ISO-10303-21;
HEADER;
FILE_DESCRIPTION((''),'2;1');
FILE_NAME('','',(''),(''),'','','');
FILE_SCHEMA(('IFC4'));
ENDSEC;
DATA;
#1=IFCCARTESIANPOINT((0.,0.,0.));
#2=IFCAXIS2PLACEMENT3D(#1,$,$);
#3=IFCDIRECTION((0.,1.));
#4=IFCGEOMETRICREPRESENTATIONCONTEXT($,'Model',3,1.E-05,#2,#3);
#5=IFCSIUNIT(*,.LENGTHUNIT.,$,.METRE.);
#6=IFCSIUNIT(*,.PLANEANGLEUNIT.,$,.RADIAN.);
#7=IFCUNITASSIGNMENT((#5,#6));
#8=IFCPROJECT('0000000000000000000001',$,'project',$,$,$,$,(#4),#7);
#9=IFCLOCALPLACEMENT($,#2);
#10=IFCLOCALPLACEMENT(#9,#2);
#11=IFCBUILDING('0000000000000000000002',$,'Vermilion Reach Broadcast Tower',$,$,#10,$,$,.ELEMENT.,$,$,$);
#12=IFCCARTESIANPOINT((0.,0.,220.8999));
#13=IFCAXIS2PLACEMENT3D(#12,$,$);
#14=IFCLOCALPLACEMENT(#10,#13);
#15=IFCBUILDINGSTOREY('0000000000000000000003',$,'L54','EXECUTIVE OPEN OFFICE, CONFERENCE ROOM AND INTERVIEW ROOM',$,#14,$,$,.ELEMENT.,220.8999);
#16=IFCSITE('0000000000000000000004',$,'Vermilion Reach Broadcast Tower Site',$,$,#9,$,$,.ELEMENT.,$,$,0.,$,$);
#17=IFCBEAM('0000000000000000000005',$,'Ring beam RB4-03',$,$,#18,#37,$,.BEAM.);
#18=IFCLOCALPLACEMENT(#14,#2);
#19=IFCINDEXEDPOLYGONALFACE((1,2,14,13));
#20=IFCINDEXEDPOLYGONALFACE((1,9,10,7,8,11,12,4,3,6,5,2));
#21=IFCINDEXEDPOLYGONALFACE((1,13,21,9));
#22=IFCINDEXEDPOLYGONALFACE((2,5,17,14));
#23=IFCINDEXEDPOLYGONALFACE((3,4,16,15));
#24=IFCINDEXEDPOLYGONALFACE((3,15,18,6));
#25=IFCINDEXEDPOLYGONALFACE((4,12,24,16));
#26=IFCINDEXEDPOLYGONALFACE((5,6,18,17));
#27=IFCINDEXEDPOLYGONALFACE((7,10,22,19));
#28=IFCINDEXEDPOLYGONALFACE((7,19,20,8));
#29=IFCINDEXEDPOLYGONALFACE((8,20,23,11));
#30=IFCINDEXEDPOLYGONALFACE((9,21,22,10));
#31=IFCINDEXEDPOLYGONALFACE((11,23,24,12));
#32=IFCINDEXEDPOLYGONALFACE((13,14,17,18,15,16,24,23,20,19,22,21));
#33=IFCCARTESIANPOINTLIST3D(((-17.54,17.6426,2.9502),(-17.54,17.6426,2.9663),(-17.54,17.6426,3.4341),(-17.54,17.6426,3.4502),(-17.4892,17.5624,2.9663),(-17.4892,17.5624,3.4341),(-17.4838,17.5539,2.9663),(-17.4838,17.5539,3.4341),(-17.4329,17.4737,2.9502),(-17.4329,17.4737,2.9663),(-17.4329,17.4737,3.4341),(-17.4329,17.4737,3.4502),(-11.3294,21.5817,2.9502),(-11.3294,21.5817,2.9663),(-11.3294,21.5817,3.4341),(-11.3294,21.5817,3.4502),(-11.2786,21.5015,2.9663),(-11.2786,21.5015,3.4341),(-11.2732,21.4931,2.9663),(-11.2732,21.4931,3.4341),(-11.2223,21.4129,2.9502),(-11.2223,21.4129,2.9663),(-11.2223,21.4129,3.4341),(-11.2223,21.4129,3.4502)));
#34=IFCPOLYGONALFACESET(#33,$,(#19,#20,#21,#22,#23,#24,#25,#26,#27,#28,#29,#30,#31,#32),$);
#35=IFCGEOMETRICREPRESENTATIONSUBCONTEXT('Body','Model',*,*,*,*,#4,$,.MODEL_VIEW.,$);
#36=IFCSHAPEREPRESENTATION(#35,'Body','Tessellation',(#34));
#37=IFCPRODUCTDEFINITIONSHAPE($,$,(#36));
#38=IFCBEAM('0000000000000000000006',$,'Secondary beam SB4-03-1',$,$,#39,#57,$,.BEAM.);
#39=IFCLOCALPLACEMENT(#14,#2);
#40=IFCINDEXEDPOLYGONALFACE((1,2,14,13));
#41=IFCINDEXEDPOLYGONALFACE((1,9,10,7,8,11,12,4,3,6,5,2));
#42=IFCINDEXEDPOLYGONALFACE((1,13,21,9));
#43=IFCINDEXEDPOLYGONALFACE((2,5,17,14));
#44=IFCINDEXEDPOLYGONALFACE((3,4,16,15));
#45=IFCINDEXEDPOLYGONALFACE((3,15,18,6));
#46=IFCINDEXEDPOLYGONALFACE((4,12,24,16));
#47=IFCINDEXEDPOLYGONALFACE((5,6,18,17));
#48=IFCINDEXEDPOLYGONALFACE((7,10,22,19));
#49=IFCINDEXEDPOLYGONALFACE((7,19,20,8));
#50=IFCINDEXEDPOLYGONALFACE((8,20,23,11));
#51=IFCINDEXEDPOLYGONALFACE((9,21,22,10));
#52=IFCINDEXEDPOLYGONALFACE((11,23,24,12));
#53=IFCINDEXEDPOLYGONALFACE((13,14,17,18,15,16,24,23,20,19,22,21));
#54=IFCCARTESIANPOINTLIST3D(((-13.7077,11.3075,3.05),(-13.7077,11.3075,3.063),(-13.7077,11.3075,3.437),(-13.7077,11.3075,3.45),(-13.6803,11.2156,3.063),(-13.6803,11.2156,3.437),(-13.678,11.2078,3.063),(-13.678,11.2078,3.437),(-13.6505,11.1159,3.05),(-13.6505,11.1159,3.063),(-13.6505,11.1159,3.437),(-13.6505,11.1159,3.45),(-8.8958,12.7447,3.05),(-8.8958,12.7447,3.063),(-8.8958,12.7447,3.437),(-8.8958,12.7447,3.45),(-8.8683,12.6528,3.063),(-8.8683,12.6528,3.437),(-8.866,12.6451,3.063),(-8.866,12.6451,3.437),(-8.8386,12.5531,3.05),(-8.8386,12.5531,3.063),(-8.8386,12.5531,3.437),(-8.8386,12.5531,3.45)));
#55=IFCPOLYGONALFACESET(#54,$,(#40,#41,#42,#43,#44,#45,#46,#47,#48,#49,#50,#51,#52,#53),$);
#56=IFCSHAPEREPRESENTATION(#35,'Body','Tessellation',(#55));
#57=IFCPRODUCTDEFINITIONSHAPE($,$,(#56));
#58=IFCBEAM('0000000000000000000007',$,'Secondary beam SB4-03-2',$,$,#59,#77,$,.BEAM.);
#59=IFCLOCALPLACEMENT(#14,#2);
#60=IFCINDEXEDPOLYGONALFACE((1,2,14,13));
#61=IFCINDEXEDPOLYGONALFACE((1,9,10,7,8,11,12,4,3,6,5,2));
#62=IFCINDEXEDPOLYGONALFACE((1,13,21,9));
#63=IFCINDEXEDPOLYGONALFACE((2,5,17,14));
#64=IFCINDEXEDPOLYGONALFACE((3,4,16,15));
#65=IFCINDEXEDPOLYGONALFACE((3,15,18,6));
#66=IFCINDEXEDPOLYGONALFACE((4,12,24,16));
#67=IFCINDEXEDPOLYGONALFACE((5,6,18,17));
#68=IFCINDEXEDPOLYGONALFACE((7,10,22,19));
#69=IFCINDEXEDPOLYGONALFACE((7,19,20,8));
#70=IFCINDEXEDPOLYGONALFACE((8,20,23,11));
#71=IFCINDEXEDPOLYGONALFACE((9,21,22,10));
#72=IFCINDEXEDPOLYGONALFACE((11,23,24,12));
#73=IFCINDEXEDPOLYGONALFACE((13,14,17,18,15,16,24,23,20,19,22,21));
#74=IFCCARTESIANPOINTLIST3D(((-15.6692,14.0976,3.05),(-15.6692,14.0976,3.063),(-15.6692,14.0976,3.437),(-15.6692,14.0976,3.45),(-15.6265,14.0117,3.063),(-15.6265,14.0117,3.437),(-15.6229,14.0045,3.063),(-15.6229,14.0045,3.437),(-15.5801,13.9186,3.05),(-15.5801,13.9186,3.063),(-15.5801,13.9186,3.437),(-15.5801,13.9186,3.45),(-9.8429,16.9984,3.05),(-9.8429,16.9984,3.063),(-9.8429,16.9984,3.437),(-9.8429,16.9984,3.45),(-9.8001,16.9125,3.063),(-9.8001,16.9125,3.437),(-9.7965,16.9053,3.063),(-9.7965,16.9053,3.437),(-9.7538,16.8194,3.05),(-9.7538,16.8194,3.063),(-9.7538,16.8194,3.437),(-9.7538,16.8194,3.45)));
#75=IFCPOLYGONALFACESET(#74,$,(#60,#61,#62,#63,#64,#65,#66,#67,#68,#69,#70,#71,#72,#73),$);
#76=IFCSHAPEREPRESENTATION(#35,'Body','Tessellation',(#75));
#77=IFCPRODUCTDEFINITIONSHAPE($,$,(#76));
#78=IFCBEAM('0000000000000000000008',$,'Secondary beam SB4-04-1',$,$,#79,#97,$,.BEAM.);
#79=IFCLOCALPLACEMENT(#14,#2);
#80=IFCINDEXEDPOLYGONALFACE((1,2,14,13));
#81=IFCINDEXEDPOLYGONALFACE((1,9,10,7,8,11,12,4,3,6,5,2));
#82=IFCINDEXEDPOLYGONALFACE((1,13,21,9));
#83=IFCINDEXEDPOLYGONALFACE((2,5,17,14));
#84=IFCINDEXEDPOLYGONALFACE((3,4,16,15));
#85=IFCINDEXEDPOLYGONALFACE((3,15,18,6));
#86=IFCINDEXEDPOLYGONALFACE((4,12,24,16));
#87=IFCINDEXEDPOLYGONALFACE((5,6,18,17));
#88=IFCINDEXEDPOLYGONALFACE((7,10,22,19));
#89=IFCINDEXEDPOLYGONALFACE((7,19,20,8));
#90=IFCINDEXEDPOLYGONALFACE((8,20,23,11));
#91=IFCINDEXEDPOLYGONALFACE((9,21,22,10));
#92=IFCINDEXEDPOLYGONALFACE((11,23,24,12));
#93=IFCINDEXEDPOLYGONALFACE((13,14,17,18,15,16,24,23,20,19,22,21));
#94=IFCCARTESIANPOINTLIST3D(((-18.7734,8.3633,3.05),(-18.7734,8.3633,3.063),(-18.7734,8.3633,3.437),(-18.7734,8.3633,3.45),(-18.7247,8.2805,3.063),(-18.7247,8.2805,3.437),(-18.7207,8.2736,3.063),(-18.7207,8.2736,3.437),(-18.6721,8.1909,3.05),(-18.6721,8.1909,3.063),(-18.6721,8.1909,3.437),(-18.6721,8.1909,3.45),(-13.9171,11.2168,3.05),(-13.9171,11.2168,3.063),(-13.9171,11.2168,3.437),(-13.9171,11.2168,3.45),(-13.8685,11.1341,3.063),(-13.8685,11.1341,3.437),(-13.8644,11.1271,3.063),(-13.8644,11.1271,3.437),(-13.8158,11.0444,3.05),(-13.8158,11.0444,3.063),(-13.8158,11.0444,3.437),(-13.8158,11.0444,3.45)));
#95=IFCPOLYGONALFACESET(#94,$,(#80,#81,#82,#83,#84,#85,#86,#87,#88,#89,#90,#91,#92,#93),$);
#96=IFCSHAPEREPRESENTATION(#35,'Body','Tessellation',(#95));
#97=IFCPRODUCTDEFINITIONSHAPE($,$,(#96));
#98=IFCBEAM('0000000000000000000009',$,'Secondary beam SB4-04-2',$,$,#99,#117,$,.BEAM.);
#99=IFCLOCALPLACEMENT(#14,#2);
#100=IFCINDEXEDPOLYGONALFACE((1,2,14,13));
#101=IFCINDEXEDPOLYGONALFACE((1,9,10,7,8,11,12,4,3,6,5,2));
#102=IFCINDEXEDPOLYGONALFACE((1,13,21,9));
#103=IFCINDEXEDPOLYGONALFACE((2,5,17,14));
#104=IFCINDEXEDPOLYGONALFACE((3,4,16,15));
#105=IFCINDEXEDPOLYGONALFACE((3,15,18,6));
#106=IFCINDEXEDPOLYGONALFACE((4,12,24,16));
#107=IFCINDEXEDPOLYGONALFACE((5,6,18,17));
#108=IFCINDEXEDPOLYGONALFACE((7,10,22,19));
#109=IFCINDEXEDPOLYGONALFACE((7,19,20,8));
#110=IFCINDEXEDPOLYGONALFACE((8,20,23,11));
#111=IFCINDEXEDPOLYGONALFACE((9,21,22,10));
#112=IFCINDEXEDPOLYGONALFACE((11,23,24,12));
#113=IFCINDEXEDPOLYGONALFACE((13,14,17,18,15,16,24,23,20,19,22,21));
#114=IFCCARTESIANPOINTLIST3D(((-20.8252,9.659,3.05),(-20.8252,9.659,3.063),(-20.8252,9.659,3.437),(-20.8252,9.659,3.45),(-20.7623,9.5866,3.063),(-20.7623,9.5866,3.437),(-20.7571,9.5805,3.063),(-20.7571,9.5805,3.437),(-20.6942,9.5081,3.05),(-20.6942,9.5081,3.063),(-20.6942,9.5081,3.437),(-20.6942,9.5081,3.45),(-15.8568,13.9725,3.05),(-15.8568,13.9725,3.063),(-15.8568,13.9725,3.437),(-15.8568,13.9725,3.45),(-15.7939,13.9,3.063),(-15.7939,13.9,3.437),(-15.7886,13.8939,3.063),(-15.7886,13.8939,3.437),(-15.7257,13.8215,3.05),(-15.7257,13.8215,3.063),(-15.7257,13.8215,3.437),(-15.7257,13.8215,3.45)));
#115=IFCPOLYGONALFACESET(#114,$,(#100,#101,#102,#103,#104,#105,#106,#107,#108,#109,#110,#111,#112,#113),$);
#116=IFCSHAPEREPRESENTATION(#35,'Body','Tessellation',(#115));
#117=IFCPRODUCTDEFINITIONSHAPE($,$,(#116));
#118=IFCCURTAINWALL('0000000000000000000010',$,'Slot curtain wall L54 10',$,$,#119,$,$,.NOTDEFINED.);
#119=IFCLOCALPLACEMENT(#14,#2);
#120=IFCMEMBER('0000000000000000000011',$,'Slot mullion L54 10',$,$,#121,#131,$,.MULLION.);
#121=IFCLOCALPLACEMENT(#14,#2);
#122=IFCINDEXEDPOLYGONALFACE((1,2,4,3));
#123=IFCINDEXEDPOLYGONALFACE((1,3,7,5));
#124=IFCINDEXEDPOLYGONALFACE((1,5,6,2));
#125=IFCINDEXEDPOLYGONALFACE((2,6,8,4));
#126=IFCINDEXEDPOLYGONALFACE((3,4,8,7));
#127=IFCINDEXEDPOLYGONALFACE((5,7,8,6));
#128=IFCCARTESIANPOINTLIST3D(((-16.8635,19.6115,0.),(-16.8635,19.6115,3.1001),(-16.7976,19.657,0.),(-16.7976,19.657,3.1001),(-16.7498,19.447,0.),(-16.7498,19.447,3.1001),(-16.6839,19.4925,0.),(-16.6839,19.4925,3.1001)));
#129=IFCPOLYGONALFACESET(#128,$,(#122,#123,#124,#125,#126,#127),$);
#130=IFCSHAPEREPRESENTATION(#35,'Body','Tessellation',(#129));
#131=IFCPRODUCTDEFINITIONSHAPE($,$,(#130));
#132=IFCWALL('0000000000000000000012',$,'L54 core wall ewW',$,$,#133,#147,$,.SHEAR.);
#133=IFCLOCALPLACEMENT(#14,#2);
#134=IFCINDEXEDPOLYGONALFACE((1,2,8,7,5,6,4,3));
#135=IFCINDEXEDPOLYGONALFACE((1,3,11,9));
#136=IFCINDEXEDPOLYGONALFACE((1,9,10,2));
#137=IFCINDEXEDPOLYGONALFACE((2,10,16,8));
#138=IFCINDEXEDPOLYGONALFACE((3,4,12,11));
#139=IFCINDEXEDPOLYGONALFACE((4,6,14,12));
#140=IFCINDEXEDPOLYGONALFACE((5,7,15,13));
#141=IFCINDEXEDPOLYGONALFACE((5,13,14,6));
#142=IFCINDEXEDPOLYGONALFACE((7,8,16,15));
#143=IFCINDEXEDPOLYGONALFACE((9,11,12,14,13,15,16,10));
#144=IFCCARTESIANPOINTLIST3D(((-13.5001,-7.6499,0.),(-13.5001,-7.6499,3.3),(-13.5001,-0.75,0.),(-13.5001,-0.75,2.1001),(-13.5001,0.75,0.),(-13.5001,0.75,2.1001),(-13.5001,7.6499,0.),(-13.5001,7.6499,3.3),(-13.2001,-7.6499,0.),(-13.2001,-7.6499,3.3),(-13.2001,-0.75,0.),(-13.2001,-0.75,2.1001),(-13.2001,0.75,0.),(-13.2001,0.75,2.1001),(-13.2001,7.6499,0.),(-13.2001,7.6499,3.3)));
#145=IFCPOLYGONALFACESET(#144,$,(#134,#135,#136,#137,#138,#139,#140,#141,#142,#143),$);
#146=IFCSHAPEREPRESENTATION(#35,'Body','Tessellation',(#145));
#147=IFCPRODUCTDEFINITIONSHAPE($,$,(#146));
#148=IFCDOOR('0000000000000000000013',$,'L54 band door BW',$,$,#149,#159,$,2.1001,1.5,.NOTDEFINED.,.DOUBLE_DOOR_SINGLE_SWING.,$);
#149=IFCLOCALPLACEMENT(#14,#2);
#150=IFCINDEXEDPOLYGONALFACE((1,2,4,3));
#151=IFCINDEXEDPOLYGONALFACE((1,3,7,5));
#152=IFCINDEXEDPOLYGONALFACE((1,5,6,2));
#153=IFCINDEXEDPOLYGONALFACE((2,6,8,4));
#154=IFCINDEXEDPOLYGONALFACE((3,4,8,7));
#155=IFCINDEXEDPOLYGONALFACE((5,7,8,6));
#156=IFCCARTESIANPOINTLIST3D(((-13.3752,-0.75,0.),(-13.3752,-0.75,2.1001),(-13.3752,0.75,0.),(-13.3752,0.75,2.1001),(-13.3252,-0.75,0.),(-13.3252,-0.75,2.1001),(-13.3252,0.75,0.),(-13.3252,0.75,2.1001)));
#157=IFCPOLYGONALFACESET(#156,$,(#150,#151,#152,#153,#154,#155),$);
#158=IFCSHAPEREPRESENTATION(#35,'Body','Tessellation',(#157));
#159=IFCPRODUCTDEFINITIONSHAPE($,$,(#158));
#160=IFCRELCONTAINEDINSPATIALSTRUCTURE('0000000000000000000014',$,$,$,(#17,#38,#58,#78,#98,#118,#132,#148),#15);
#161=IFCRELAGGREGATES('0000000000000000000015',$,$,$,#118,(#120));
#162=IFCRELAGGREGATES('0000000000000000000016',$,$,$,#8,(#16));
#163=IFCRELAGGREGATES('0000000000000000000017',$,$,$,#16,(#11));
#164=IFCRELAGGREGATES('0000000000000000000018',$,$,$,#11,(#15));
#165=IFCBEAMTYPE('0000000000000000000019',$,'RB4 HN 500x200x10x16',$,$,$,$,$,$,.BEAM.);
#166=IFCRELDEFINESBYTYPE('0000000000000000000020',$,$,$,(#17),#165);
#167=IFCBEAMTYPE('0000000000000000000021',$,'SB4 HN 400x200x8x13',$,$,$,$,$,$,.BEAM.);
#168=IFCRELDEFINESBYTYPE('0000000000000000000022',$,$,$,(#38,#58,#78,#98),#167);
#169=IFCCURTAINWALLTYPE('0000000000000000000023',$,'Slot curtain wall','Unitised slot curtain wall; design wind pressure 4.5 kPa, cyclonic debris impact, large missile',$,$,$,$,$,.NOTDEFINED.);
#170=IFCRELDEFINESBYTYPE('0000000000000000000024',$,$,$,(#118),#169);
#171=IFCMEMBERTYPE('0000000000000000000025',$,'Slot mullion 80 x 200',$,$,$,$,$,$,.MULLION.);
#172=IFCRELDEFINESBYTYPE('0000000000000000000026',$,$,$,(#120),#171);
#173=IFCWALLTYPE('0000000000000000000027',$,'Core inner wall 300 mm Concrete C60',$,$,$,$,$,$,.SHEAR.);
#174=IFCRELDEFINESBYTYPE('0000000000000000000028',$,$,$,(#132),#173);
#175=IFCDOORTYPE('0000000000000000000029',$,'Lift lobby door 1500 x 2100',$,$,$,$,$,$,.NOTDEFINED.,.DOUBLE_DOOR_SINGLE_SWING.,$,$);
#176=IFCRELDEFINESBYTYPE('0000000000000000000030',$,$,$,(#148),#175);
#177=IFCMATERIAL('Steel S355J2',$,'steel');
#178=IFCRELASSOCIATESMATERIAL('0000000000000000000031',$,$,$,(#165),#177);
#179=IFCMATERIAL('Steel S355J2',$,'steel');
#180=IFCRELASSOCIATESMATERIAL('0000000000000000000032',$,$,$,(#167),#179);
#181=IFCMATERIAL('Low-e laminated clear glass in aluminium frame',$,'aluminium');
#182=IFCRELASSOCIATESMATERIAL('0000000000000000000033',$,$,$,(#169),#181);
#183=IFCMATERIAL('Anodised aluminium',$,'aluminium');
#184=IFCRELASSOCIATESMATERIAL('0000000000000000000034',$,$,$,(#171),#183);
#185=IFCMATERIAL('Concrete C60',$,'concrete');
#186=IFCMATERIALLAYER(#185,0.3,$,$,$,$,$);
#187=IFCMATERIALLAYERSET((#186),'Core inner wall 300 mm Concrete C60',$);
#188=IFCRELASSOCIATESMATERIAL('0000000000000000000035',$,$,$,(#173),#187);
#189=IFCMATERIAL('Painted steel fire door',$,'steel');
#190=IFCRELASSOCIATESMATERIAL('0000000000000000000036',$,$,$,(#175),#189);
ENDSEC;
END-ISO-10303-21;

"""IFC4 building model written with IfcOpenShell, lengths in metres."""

from ifc_helpers import new_model, si_unit, direction, frame, frame_2d, origin, origin_2d, place, context, subcontext, project, spatial, rectangle, i_section, extrude, material, layer, layer_set, material_profile, profile_set, type_object, element, fill, aggregate, save


model = new_model("IFC4")

# Units and contexts
model_context = context("Model", 3, precision=1e-05, world=origin(), true_north=direction((0.0, 1.0)))
body_context = subcontext(model_context, "Body", "Model", "MODEL_VIEW")
ifc_project = project(units=[si_unit("LENGTHUNIT", "METRE"), si_unit("PLANEANGLEUNIT", "RADIAN")], contexts=[model_context])

# Site, building, storey
site_placement = place(None, origin())
site = spatial("IfcSite", under=ifc_project, at=site_placement, Name="Vermilion Reach Broadcast Tower Site", CompositionType="ELEMENT", RefElevation=0.0)
building_placement = place(site_placement, origin())
building = spatial("IfcBuilding", under=site, at=building_placement, Name="Vermilion Reach Broadcast Tower", CompositionType="ELEMENT")
storey_placement = place(building_placement, frame((0.0, 0.0, 220.8999)))
storey = spatial("IfcBuildingStorey", under=building, at=storey_placement, Name="L54", Description="EXECUTIVE OPEN OFFICE, CONFERENCE ROOM AND INTERVIEW ROOM", CompositionType="ELEMENT", Elevation=220.8999)

# Beams
ifc_material_1 = material(Name="Steel S355J2", Category="steel")
ifc_material_profile_1 = material_profile(ifc_material_1, i_section(OverallWidth=0.2, OverallDepth=0.5, WebThickness=0.01, FlangeThickness=0.0161, at=origin_2d()), Name="S355J2 HN 500x200x10x16")
ifc_profile_set_1 = profile_set([ifc_material_profile_1], Name="Steel S355J2")
beam_type_1 = type_object("IfcBeamType", Name="RB4 HN 500x200x10x16", PredefinedType="BEAM", material=ifc_profile_set_1)
beam_1_placement = place(storey_placement, frame((-11.2759, 21.4973, 3.2002), z_axis=(-0.844464, -0.535612, 0.0), x_axis=(0.535612, -0.844464, 0.0)))
element("IfcBeam", 1, at=beam_1_placement, inside=storey, type_object=beam_type_1, Name="Ring beam RB4-03", PredefinedType="BEAM", context=body_context, shape_type="SweptSolid", body=[
    extrude(i_section(OverallWidth=0.2, OverallDepth=0.5, WebThickness=0.01, FlangeThickness=0.0161, at=origin_2d()), origin(), (0.0, 0.0, 1.0), 7.3545),
])
ifc_material_2 = material(Name="Steel S355J2", Category="steel")
ifc_material_profile_2 = material_profile(ifc_material_2, i_section(OverallWidth=0.2, OverallDepth=0.3999, WebThickness=0.0081, FlangeThickness=0.0129, at=origin_2d()), Name="S355J2 HN 400x200x8x13")
ifc_profile_set_2 = profile_set([ifc_material_profile_2], Name="Steel S355J2")
beam_type_2 = type_object("IfcBeamType", Name="SB4 HN 400x200x8x13", PredefinedType="BEAM", material=ifc_profile_set_2)
beam_2_placement = place(storey_placement, frame((-8.8672, 12.6489, 3.25), z_axis=(-0.958173, -0.286188, 0.0), x_axis=(0.286188, -0.958173, 0.0)))
element("IfcBeam", 2, at=beam_2_placement, inside=storey, type_object=beam_type_2, Name="Secondary beam SB4-03-1", PredefinedType="BEAM", context=body_context, shape_type="SweptSolid", body=[
    extrude(i_section(OverallWidth=0.2, OverallDepth=0.3999, WebThickness=0.0081, FlangeThickness=0.0129, at=origin_2d()), origin(), (0.0, 0.0, 1.0), 5.022),
])
beam_3_placement = place(storey_placement, frame((-9.7983, 16.9089, 3.25), z_axis=(-0.895184, -0.445698, 0.0), x_axis=(0.445698, -0.895184, 0.0)))
element("IfcBeam", 3, at=beam_3_placement, inside=storey, type_object=beam_type_2, Name="Secondary beam SB4-03-2", PredefinedType="BEAM", context=body_context, shape_type="SweptSolid", body=[
    extrude(i_section(OverallWidth=0.2, OverallDepth=0.3999, WebThickness=0.0081, FlangeThickness=0.0129, at=origin_2d()), origin(), (0.0, 0.0, 1.0), 6.5085),
])
beam_4_placement = place(storey_placement, frame((-13.8665, 11.1306, 3.25), z_axis=(-0.862173, -0.506615, 0.0), x_axis=(0.506615, -0.862173, 0.0)))
element("IfcBeam", 4, at=beam_4_placement, inside=storey, type_object=beam_type_2, Name="Secondary beam SB4-04-1", PredefinedType="BEAM", context=body_context, shape_type="SweptSolid", body=[
    extrude(i_section(OverallWidth=0.2, OverallDepth=0.3999, WebThickness=0.0081, FlangeThickness=0.0129, at=origin_2d()), origin(), (0.0, 0.0, 1.0), 5.6326),
])
beam_5_placement = place(storey_placement, frame((-15.7913, 13.897, 3.25), z_axis=(-0.755129, -0.655576, 0.0), x_axis=(0.655576, -0.755129, 0.0)))
element("IfcBeam", 5, at=beam_5_placement, inside=storey, type_object=beam_type_2, Name="Secondary beam SB4-04-2", PredefinedType="BEAM", context=body_context, shape_type="SweptSolid", body=[
    extrude(i_section(OverallWidth=0.2, OverallDepth=0.3999, WebThickness=0.0081, FlangeThickness=0.0129, at=origin_2d()), origin(), (0.0, 0.0, 1.0), 6.5796),
])

# Curtain wall, member
ifc_material_3 = material(Name="Low-e laminated clear glass in aluminium frame", Category="aluminium")
curtain_wall_type = type_object("IfcCurtainWallType", Name="Slot curtain wall", Description="Unitised slot curtain wall; design wind pressure 4.5 kPa, cyclonic debris impact, large missile", PredefinedType="NOTDEFINED", material=ifc_material_3)
curtain_wall_placement = place(storey_placement, origin())
curtain_wall = element("IfcCurtainWall", 6, at=curtain_wall_placement, inside=storey, type_object=curtain_wall_type, Name="Slot curtain wall L54 10", PredefinedType="NOTDEFINED")
ifc_material_4 = material(Name="Anodised aluminium", Category="aluminium")
ifc_material_profile_3 = material_profile(ifc_material_4, rectangle(XDim=0.2, YDim=0.0801, at=origin_2d()), Name="Slot mullion 80 x 200")
ifc_profile_set_3 = profile_set([ifc_material_profile_3], Name="Anodised aluminium")
member_type = type_object("IfcMemberType", Name="Slot mullion 80 x 200", PredefinedType="MULLION", material=ifc_profile_set_3)
member_placement = place(storey_placement, frame((-16.7737, 19.552, 0.0), z_axis=(0.0, 0.0, 1.0), x_axis=(0.568404, -0.82275, 0.0)))
member = element("IfcMember", 7, at=member_placement, type_object=member_type, Name="Slot mullion L54 10", PredefinedType="MULLION", context=body_context, shape_type="SweptSolid", body=[
    extrude(rectangle(XDim=0.2, YDim=0.0801, at=origin_2d()), origin(), (0.0, 0.0, 1.0), 3.1001),
])
aggregate(curtain_wall, [member])

# Wall, opening, door
ifc_material_5 = material(Name="Concrete C60", Category="concrete")
ifc_layer_1 = layer(ifc_material_5, 0.3)
ifc_layer_set_1 = layer_set([ifc_layer_1], Name="Core inner wall 300 mm Concrete C60")
wall_type_1 = type_object("IfcWallType", Name="Core inner wall 300 mm Concrete C60", PredefinedType="SHEAR", material=ifc_layer_set_1)
wall_1_placement = place(storey_placement, frame((-13.3501, 7.6499, 0.0), z_axis=(0.0, 0.0, 1.0), x_axis=(0.0, -1.0, 0.0)))
wall_1 = element("IfcWall", 8, at=wall_1_placement, inside=storey, type_object=wall_type_1, Name="L54 core wall ewW", PredefinedType="SHEAR", context=body_context, shape_type="SweptSolid", body=[
    extrude(rectangle(XDim=15.2998, YDim=0.3, at=frame_2d((7.6499, 0.0))), origin(), (0.0, 0.0, 1.0), 3.3),
])
opening_1_placement = place(wall_1_placement, frame((6.8999, 0.0, 0.0)))
opening_1 = element("IfcOpeningElement", 9, at=opening_1_placement, cuts=wall_1, PredefinedType="OPENING", context=body_context, shape_type="SweptSolid", body=[
    extrude(rectangle(XDim=1.5, YDim=2.1001, at=frame_2d((0.75, 1.05))), frame((0.0, 0.1599, 0.0), z_axis=(0.0, -1.0, 0.0), x_axis=(1.0, 0.0, 0.0)), (0.0, 0.0, 1.0), 0.3201),
])
ifc_material_6 = material(Name="Painted steel fire door", Category="steel")
door_type_1 = type_object("IfcDoorType", Name="Lift lobby door 1500 x 2100", OperationType="DOUBLE_DOOR_SINGLE_SWING", PredefinedType="NOTDEFINED", material=ifc_material_6)
door_1_placement = place(opening_1_placement, origin())
door_1 = element("IfcDoor", 10, at=door_1_placement, inside=storey, type_object=door_type_1, Name="L54 band door BW", OperationType="DOUBLE_DOOR_SINGLE_SWING", OverallHeight=2.1001, OverallWidth=1.5, PredefinedType="NOTDEFINED", context=body_context, shape_type="SweptSolid", body=[
    extrude(rectangle(XDim=1.5, YDim=2.1001, at=frame_2d((0.75, 1.05))), frame((0.0, 0.0249, 0.0), z_axis=(0.0, -1.0, 0.0), x_axis=(1.0, 0.0, 0.0)), (0.0, 0.0, 1.0), 0.05),
])
fill(opening_1, door_1)

save(model, "model.ifc")
